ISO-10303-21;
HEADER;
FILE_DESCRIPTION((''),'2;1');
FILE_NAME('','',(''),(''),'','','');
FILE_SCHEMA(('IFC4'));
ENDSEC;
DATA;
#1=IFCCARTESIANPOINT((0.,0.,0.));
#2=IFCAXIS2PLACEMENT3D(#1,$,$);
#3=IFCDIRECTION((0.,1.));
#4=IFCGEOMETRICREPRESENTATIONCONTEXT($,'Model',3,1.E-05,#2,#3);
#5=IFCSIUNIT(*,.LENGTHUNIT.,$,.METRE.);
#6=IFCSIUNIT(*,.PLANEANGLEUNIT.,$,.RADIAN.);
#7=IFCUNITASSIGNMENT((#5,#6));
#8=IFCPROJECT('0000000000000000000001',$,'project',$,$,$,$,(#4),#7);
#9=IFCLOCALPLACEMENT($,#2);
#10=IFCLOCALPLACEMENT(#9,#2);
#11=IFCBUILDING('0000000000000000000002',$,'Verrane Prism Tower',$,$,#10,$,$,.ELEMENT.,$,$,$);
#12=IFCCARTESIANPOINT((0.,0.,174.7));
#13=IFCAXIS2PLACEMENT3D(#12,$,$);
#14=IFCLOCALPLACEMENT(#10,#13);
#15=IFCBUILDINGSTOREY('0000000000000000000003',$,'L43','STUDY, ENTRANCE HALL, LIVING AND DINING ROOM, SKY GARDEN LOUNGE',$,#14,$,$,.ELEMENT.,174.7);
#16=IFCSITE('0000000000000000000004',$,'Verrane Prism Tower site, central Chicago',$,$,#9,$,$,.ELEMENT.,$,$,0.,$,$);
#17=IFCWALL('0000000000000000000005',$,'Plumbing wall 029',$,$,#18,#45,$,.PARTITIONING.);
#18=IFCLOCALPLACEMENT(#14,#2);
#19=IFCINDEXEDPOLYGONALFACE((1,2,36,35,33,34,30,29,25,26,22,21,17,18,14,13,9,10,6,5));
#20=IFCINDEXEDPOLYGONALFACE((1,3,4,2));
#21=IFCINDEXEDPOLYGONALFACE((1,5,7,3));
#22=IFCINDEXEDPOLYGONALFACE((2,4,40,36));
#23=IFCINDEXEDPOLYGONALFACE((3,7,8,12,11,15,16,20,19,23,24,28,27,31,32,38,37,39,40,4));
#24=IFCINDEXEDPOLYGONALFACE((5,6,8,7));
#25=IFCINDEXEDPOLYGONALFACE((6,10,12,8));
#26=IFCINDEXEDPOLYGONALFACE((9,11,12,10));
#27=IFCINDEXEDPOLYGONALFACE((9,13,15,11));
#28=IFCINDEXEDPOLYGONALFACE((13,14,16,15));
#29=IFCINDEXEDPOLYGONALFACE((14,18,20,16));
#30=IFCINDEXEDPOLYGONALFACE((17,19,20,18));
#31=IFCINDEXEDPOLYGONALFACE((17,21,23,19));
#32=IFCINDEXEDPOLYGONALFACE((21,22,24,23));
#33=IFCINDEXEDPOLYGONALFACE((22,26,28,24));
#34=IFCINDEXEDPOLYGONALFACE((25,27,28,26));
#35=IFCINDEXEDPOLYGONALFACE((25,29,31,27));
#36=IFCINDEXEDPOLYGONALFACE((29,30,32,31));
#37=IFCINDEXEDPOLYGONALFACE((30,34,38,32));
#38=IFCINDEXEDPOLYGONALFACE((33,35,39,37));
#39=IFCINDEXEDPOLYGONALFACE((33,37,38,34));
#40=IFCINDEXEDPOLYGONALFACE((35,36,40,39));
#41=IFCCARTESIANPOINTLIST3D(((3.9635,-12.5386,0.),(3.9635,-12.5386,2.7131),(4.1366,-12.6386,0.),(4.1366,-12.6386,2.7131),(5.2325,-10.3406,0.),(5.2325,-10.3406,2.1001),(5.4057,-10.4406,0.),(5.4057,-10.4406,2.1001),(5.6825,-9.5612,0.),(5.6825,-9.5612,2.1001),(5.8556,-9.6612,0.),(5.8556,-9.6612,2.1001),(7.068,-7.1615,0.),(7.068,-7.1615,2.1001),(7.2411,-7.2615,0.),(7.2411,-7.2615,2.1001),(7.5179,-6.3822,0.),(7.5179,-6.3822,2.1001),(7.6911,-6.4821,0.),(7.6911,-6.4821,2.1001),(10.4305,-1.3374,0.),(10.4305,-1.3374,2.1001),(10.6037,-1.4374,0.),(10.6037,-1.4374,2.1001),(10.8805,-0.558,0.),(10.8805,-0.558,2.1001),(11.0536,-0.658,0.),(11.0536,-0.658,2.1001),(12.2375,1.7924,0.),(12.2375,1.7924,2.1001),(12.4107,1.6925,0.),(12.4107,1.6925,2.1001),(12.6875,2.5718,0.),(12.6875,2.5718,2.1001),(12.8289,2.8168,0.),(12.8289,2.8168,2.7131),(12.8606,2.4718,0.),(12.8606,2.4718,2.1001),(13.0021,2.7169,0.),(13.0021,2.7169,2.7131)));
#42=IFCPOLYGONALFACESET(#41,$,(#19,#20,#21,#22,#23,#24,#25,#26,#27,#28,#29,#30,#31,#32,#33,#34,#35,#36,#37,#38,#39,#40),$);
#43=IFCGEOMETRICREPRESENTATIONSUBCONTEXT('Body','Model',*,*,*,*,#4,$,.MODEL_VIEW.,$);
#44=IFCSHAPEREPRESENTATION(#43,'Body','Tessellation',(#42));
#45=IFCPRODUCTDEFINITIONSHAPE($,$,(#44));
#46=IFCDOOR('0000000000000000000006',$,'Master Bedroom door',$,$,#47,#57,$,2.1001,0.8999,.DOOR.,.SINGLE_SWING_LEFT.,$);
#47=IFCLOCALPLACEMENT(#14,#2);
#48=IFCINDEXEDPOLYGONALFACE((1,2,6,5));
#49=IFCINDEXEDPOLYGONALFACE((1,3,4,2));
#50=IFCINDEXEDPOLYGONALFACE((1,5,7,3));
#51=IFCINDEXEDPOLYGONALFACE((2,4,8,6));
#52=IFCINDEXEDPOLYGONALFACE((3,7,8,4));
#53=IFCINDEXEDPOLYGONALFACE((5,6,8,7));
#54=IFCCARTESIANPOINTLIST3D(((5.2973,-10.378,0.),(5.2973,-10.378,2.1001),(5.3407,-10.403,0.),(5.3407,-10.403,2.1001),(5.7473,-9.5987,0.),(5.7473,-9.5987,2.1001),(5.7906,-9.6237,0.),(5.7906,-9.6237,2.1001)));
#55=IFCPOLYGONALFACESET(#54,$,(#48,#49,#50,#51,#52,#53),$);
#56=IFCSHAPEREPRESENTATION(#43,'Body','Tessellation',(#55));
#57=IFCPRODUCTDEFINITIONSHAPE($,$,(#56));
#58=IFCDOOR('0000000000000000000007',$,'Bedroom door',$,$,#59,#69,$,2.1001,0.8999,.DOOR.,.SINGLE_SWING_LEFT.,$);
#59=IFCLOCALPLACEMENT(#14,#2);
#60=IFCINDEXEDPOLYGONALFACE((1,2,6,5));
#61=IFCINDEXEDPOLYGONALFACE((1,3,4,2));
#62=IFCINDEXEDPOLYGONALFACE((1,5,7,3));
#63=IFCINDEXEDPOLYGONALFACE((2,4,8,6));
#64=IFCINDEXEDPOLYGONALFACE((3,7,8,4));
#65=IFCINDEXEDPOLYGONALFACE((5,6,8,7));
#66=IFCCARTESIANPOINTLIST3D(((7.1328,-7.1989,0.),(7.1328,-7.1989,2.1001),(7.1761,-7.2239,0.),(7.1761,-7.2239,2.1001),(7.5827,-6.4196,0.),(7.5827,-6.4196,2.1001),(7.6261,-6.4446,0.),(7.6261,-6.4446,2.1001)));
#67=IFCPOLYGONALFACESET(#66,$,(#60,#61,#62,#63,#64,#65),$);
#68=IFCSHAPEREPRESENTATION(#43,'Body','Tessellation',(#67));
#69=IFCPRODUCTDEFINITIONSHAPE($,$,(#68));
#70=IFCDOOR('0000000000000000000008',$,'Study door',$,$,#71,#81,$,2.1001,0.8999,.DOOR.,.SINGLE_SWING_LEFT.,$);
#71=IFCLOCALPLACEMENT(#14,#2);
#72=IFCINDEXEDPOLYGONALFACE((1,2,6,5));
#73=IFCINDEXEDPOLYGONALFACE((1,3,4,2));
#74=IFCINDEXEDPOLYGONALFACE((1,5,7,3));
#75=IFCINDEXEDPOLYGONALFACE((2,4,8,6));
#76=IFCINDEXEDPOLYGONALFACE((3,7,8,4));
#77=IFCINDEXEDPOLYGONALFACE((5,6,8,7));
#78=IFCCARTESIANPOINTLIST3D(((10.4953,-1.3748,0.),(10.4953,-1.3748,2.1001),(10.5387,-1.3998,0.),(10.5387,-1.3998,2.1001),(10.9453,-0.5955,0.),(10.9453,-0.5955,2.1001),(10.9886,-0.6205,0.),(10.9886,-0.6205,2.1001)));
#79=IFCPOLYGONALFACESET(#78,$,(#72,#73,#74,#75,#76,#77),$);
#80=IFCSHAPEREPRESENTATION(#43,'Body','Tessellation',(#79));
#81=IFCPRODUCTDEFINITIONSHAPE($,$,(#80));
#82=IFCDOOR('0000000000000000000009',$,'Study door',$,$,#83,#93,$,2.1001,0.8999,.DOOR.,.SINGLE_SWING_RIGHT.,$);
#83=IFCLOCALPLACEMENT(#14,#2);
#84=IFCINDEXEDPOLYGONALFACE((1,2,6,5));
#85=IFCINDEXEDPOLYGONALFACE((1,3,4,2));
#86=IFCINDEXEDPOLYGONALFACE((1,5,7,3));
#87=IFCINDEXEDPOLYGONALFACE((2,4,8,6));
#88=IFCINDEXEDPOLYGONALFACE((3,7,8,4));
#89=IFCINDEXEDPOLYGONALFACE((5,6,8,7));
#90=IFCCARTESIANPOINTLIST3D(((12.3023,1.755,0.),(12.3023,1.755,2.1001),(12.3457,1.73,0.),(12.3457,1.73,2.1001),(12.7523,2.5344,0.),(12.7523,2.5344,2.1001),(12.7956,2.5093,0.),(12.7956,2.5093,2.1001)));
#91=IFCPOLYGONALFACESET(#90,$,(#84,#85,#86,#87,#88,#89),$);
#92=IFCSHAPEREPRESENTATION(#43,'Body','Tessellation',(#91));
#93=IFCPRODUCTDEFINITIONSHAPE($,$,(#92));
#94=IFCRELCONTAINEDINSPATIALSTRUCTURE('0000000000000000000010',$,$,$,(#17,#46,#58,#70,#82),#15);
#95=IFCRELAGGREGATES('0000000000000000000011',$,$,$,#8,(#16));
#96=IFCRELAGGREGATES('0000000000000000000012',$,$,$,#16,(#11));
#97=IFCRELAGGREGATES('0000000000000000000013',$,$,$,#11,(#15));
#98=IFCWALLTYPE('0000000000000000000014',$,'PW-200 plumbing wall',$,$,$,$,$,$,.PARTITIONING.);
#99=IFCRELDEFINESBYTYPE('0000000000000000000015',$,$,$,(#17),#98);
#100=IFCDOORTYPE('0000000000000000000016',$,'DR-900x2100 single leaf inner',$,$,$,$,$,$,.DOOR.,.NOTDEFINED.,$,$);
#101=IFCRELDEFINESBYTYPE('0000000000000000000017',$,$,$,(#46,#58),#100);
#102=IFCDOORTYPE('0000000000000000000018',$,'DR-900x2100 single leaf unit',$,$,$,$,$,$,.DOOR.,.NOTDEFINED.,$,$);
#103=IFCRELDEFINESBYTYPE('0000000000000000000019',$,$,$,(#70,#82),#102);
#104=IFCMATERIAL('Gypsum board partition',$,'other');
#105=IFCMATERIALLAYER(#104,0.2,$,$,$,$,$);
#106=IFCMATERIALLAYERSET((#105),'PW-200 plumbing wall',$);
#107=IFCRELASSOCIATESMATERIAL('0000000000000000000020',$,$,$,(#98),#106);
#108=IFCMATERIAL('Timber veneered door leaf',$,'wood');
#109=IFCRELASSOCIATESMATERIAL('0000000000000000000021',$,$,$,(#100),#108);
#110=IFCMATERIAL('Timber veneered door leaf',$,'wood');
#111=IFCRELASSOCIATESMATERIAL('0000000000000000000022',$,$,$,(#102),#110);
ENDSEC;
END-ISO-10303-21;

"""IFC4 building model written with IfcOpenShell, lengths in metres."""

from ifc_helpers import new_model, si_unit, direction, frame, frame_2d, origin, place, context, subcontext, project, spatial, rectangle, extrude, material, layer, layer_set, type_object, element, fill, save


model = new_model("IFC4")

# Units and contexts
model_context = context("Model", 3, precision=1e-05, world=origin(), true_north=direction((0.0, 1.0)))
body_context = subcontext(model_context, "Body", "Model", "MODEL_VIEW")
ifc_project = project(units=[si_unit("LENGTHUNIT", "METRE"), si_unit("PLANEANGLEUNIT", "RADIAN")], contexts=[model_context])

# Site, building, storey
site_placement = place(None, origin())
site = spatial("IfcSite", under=ifc_project, at=site_placement, Name="Verrane Prism Tower site, central Chicago", CompositionType="ELEMENT", RefElevation=0.0)
building_placement = place(site_placement, origin())
building = spatial("IfcBuilding", under=site, at=building_placement, Name="Verrane Prism Tower", CompositionType="ELEMENT")
storey_placement = place(building_placement, frame((0.0, 0.0, 174.7)))
storey = spatial("IfcBuildingStorey", under=building, at=storey_placement, Name="L43", Description="STUDY, ENTRANCE HALL, LIVING AND DINING ROOM, SKY GARDEN LOUNGE", CompositionType="ELEMENT", Elevation=174.7)

# Wall, openings, doors
ifc_material_1 = material(Name="Gypsum board partition", Category="other")
ifc_layer_1 = layer(ifc_material_1, 0.2)
ifc_layer_set_1 = layer_set([ifc_layer_1], Name="PW-200 plumbing wall")
wall_type_1 = type_object("IfcWallType", Name="PW-200 plumbing wall", PredefinedType="PARTITIONING", material=ifc_layer_set_1)
wall_1_placement = place(storey_placement, frame((12.9155, 2.7668, 0.0), z_axis=(0.0, 0.0, 1.0), x_axis=(-0.5, -0.866026, 0.0)))
wall_1 = element("IfcWall", 1, at=wall_1_placement, inside=storey, type_object=wall_type_1, Name="Plumbing wall 029", PredefinedType="PARTITIONING", context=body_context, shape_type="SweptSolid", body=[
    extrude(rectangle(XDim=17.731, YDim=0.2, at=frame_2d((8.8655, 0.0))), origin(), (0.0, 0.0, 1.0), 2.7131),
])
opening_1_placement = place(wall_1_placement, frame((14.293, 0.0, 0.0)))
opening_1 = element("IfcOpeningElement", 2, at=opening_1_placement, cuts=wall_1, PredefinedType="OPENING", context=body_context, shape_type="SweptSolid", body=[
    extrude(rectangle(XDim=0.8999, YDim=2.1001, at=frame_2d((0.45, 1.05))), frame((0.0, 0.1099, 0.0), z_axis=(0.0, -1.0, 0.0), x_axis=(1.0, 0.0, 0.0)), (0.0, 0.0, 1.0), 0.22),
])
opening_2_placement = place(wall_1_placement, frame((10.6221, 0.0, 0.0)))
opening_2 = element("IfcOpeningElement", 3, at=opening_2_placement, cuts=wall_1, PredefinedType="OPENING", context=body_context, shape_type="SweptSolid", body=[
    extrude(rectangle(XDim=0.8999, YDim=2.1001, at=frame_2d((0.45, 1.05))), frame((0.0, 0.1099, 0.0), z_axis=(0.0, -1.0, 0.0), x_axis=(1.0, 0.0, 0.0)), (0.0, 0.0, 1.0), 0.22),
])
opening_3_placement = place(wall_1_placement, frame((3.897, 0.0, 0.0)))
opening_3 = element("IfcOpeningElement", 4, at=opening_3_placement, cuts=wall_1, PredefinedType="OPENING", context=body_context, shape_type="SweptSolid", body=[
    extrude(rectangle(XDim=0.8999, YDim=2.1001, at=frame_2d((0.45, 1.05))), frame((0.0, 0.1099, 0.0), z_axis=(0.0, -1.0, 0.0), x_axis=(1.0, 0.0, 0.0)), (0.0, 0.0, 1.0), 0.22),
])
opening_4_placement = place(wall_1_placement, frame((0.283, 0.0, 0.0)))
opening_4 = element("IfcOpeningElement", 5, at=opening_4_placement, cuts=wall_1, PredefinedType="OPENING", context=body_context, shape_type="SweptSolid", body=[
    extrude(rectangle(XDim=0.8999, YDim=2.1001, at=frame_2d((0.45, 1.05))), frame((0.0, 0.1099, 0.0), z_axis=(0.0, -1.0, 0.0), x_axis=(1.0, 0.0, 0.0)), (0.0, 0.0, 1.0), 0.22),
])
ifc_material_2 = material(Name="Timber veneered door leaf", Category="wood")
door_type_1 = type_object("IfcDoorType", Name="DR-900x2100 single leaf inner", OperationType="NOTDEFINED", PredefinedType="DOOR", material=ifc_material_2)
door_1_placement = place(opening_1_placement, origin())
door_1 = element("IfcDoor", 6, at=door_1_placement, inside=storey, type_object=door_type_1, Name="Master Bedroom door", OperationType="SINGLE_SWING_LEFT", OverallHeight=2.1001, OverallWidth=0.8999, PredefinedType="DOOR", context=body_context, shape_type="SweptSolid", body=[
    extrude(rectangle(XDim=0.8999, YDim=2.1001, at=frame_2d((0.45, 1.05))), frame((0.0, 0.0249, 0.0), z_axis=(0.0, -1.0, 0.0), x_axis=(1.0, 0.0, 0.0)), (0.0, 0.0, 1.0), 0.05),
])
fill(opening_1, door_1)
door_2_placement = place(opening_2_placement, origin())
door_2 = element("IfcDoor", 7, at=door_2_placement, inside=storey, type_object=door_type_1, Name="Bedroom door", OperationType="SINGLE_SWING_LEFT", OverallHeight=2.1001, OverallWidth=0.8999, PredefinedType="DOOR", context=body_context, shape_type="SweptSolid", body=[
    extrude(rectangle(XDim=0.8999, YDim=2.1001, at=frame_2d((0.45, 1.05))), frame((0.0, 0.0249, 0.0), z_axis=(0.0, -1.0, 0.0), x_axis=(1.0, 0.0, 0.0)), (0.0, 0.0, 1.0), 0.05),
])
fill(opening_2, door_2)
ifc_material_3 = material(Name="Timber veneered door leaf", Category="wood")
door_type_2 = type_object("IfcDoorType", Name="DR-900x2100 single leaf unit", OperationType="NOTDEFINED", PredefinedType="DOOR", material=ifc_material_3)
door_3_placement = place(opening_3_placement, origin())
door_3 = element("IfcDoor", 8, at=door_3_placement, inside=storey, type_object=door_type_2, Name="Study door", OperationType="SINGLE_SWING_LEFT", OverallHeight=2.1001, OverallWidth=0.8999, PredefinedType="DOOR", context=body_context, shape_type="SweptSolid", body=[
    extrude(rectangle(XDim=0.8999, YDim=2.1001, at=frame_2d((0.45, 1.05))), frame((0.0, 0.0249, 0.0), z_axis=(0.0, -1.0, 0.0), x_axis=(1.0, 0.0, 0.0)), (0.0, 0.0, 1.0), 0.05),
])
fill(opening_3, door_3)
door_4_placement = place(opening_4_placement, origin())
door_4 = element("IfcDoor", 9, at=door_4_placement, inside=storey, type_object=door_type_2, Name="Study door", OperationType="SINGLE_SWING_RIGHT", OverallHeight=2.1001, OverallWidth=0.8999, PredefinedType="DOOR", context=body_context, shape_type="SweptSolid", body=[
    extrude(rectangle(XDim=0.8999, YDim=2.1001, at=frame_2d((0.45, 1.05))), frame((0.0, 0.0249, 0.0), z_axis=(0.0, -1.0, 0.0), x_axis=(1.0, 0.0, 0.0)), (0.0, 0.0, 1.0), 0.05),
])
fill(opening_4, door_4)

save(model, "model.ifc")
